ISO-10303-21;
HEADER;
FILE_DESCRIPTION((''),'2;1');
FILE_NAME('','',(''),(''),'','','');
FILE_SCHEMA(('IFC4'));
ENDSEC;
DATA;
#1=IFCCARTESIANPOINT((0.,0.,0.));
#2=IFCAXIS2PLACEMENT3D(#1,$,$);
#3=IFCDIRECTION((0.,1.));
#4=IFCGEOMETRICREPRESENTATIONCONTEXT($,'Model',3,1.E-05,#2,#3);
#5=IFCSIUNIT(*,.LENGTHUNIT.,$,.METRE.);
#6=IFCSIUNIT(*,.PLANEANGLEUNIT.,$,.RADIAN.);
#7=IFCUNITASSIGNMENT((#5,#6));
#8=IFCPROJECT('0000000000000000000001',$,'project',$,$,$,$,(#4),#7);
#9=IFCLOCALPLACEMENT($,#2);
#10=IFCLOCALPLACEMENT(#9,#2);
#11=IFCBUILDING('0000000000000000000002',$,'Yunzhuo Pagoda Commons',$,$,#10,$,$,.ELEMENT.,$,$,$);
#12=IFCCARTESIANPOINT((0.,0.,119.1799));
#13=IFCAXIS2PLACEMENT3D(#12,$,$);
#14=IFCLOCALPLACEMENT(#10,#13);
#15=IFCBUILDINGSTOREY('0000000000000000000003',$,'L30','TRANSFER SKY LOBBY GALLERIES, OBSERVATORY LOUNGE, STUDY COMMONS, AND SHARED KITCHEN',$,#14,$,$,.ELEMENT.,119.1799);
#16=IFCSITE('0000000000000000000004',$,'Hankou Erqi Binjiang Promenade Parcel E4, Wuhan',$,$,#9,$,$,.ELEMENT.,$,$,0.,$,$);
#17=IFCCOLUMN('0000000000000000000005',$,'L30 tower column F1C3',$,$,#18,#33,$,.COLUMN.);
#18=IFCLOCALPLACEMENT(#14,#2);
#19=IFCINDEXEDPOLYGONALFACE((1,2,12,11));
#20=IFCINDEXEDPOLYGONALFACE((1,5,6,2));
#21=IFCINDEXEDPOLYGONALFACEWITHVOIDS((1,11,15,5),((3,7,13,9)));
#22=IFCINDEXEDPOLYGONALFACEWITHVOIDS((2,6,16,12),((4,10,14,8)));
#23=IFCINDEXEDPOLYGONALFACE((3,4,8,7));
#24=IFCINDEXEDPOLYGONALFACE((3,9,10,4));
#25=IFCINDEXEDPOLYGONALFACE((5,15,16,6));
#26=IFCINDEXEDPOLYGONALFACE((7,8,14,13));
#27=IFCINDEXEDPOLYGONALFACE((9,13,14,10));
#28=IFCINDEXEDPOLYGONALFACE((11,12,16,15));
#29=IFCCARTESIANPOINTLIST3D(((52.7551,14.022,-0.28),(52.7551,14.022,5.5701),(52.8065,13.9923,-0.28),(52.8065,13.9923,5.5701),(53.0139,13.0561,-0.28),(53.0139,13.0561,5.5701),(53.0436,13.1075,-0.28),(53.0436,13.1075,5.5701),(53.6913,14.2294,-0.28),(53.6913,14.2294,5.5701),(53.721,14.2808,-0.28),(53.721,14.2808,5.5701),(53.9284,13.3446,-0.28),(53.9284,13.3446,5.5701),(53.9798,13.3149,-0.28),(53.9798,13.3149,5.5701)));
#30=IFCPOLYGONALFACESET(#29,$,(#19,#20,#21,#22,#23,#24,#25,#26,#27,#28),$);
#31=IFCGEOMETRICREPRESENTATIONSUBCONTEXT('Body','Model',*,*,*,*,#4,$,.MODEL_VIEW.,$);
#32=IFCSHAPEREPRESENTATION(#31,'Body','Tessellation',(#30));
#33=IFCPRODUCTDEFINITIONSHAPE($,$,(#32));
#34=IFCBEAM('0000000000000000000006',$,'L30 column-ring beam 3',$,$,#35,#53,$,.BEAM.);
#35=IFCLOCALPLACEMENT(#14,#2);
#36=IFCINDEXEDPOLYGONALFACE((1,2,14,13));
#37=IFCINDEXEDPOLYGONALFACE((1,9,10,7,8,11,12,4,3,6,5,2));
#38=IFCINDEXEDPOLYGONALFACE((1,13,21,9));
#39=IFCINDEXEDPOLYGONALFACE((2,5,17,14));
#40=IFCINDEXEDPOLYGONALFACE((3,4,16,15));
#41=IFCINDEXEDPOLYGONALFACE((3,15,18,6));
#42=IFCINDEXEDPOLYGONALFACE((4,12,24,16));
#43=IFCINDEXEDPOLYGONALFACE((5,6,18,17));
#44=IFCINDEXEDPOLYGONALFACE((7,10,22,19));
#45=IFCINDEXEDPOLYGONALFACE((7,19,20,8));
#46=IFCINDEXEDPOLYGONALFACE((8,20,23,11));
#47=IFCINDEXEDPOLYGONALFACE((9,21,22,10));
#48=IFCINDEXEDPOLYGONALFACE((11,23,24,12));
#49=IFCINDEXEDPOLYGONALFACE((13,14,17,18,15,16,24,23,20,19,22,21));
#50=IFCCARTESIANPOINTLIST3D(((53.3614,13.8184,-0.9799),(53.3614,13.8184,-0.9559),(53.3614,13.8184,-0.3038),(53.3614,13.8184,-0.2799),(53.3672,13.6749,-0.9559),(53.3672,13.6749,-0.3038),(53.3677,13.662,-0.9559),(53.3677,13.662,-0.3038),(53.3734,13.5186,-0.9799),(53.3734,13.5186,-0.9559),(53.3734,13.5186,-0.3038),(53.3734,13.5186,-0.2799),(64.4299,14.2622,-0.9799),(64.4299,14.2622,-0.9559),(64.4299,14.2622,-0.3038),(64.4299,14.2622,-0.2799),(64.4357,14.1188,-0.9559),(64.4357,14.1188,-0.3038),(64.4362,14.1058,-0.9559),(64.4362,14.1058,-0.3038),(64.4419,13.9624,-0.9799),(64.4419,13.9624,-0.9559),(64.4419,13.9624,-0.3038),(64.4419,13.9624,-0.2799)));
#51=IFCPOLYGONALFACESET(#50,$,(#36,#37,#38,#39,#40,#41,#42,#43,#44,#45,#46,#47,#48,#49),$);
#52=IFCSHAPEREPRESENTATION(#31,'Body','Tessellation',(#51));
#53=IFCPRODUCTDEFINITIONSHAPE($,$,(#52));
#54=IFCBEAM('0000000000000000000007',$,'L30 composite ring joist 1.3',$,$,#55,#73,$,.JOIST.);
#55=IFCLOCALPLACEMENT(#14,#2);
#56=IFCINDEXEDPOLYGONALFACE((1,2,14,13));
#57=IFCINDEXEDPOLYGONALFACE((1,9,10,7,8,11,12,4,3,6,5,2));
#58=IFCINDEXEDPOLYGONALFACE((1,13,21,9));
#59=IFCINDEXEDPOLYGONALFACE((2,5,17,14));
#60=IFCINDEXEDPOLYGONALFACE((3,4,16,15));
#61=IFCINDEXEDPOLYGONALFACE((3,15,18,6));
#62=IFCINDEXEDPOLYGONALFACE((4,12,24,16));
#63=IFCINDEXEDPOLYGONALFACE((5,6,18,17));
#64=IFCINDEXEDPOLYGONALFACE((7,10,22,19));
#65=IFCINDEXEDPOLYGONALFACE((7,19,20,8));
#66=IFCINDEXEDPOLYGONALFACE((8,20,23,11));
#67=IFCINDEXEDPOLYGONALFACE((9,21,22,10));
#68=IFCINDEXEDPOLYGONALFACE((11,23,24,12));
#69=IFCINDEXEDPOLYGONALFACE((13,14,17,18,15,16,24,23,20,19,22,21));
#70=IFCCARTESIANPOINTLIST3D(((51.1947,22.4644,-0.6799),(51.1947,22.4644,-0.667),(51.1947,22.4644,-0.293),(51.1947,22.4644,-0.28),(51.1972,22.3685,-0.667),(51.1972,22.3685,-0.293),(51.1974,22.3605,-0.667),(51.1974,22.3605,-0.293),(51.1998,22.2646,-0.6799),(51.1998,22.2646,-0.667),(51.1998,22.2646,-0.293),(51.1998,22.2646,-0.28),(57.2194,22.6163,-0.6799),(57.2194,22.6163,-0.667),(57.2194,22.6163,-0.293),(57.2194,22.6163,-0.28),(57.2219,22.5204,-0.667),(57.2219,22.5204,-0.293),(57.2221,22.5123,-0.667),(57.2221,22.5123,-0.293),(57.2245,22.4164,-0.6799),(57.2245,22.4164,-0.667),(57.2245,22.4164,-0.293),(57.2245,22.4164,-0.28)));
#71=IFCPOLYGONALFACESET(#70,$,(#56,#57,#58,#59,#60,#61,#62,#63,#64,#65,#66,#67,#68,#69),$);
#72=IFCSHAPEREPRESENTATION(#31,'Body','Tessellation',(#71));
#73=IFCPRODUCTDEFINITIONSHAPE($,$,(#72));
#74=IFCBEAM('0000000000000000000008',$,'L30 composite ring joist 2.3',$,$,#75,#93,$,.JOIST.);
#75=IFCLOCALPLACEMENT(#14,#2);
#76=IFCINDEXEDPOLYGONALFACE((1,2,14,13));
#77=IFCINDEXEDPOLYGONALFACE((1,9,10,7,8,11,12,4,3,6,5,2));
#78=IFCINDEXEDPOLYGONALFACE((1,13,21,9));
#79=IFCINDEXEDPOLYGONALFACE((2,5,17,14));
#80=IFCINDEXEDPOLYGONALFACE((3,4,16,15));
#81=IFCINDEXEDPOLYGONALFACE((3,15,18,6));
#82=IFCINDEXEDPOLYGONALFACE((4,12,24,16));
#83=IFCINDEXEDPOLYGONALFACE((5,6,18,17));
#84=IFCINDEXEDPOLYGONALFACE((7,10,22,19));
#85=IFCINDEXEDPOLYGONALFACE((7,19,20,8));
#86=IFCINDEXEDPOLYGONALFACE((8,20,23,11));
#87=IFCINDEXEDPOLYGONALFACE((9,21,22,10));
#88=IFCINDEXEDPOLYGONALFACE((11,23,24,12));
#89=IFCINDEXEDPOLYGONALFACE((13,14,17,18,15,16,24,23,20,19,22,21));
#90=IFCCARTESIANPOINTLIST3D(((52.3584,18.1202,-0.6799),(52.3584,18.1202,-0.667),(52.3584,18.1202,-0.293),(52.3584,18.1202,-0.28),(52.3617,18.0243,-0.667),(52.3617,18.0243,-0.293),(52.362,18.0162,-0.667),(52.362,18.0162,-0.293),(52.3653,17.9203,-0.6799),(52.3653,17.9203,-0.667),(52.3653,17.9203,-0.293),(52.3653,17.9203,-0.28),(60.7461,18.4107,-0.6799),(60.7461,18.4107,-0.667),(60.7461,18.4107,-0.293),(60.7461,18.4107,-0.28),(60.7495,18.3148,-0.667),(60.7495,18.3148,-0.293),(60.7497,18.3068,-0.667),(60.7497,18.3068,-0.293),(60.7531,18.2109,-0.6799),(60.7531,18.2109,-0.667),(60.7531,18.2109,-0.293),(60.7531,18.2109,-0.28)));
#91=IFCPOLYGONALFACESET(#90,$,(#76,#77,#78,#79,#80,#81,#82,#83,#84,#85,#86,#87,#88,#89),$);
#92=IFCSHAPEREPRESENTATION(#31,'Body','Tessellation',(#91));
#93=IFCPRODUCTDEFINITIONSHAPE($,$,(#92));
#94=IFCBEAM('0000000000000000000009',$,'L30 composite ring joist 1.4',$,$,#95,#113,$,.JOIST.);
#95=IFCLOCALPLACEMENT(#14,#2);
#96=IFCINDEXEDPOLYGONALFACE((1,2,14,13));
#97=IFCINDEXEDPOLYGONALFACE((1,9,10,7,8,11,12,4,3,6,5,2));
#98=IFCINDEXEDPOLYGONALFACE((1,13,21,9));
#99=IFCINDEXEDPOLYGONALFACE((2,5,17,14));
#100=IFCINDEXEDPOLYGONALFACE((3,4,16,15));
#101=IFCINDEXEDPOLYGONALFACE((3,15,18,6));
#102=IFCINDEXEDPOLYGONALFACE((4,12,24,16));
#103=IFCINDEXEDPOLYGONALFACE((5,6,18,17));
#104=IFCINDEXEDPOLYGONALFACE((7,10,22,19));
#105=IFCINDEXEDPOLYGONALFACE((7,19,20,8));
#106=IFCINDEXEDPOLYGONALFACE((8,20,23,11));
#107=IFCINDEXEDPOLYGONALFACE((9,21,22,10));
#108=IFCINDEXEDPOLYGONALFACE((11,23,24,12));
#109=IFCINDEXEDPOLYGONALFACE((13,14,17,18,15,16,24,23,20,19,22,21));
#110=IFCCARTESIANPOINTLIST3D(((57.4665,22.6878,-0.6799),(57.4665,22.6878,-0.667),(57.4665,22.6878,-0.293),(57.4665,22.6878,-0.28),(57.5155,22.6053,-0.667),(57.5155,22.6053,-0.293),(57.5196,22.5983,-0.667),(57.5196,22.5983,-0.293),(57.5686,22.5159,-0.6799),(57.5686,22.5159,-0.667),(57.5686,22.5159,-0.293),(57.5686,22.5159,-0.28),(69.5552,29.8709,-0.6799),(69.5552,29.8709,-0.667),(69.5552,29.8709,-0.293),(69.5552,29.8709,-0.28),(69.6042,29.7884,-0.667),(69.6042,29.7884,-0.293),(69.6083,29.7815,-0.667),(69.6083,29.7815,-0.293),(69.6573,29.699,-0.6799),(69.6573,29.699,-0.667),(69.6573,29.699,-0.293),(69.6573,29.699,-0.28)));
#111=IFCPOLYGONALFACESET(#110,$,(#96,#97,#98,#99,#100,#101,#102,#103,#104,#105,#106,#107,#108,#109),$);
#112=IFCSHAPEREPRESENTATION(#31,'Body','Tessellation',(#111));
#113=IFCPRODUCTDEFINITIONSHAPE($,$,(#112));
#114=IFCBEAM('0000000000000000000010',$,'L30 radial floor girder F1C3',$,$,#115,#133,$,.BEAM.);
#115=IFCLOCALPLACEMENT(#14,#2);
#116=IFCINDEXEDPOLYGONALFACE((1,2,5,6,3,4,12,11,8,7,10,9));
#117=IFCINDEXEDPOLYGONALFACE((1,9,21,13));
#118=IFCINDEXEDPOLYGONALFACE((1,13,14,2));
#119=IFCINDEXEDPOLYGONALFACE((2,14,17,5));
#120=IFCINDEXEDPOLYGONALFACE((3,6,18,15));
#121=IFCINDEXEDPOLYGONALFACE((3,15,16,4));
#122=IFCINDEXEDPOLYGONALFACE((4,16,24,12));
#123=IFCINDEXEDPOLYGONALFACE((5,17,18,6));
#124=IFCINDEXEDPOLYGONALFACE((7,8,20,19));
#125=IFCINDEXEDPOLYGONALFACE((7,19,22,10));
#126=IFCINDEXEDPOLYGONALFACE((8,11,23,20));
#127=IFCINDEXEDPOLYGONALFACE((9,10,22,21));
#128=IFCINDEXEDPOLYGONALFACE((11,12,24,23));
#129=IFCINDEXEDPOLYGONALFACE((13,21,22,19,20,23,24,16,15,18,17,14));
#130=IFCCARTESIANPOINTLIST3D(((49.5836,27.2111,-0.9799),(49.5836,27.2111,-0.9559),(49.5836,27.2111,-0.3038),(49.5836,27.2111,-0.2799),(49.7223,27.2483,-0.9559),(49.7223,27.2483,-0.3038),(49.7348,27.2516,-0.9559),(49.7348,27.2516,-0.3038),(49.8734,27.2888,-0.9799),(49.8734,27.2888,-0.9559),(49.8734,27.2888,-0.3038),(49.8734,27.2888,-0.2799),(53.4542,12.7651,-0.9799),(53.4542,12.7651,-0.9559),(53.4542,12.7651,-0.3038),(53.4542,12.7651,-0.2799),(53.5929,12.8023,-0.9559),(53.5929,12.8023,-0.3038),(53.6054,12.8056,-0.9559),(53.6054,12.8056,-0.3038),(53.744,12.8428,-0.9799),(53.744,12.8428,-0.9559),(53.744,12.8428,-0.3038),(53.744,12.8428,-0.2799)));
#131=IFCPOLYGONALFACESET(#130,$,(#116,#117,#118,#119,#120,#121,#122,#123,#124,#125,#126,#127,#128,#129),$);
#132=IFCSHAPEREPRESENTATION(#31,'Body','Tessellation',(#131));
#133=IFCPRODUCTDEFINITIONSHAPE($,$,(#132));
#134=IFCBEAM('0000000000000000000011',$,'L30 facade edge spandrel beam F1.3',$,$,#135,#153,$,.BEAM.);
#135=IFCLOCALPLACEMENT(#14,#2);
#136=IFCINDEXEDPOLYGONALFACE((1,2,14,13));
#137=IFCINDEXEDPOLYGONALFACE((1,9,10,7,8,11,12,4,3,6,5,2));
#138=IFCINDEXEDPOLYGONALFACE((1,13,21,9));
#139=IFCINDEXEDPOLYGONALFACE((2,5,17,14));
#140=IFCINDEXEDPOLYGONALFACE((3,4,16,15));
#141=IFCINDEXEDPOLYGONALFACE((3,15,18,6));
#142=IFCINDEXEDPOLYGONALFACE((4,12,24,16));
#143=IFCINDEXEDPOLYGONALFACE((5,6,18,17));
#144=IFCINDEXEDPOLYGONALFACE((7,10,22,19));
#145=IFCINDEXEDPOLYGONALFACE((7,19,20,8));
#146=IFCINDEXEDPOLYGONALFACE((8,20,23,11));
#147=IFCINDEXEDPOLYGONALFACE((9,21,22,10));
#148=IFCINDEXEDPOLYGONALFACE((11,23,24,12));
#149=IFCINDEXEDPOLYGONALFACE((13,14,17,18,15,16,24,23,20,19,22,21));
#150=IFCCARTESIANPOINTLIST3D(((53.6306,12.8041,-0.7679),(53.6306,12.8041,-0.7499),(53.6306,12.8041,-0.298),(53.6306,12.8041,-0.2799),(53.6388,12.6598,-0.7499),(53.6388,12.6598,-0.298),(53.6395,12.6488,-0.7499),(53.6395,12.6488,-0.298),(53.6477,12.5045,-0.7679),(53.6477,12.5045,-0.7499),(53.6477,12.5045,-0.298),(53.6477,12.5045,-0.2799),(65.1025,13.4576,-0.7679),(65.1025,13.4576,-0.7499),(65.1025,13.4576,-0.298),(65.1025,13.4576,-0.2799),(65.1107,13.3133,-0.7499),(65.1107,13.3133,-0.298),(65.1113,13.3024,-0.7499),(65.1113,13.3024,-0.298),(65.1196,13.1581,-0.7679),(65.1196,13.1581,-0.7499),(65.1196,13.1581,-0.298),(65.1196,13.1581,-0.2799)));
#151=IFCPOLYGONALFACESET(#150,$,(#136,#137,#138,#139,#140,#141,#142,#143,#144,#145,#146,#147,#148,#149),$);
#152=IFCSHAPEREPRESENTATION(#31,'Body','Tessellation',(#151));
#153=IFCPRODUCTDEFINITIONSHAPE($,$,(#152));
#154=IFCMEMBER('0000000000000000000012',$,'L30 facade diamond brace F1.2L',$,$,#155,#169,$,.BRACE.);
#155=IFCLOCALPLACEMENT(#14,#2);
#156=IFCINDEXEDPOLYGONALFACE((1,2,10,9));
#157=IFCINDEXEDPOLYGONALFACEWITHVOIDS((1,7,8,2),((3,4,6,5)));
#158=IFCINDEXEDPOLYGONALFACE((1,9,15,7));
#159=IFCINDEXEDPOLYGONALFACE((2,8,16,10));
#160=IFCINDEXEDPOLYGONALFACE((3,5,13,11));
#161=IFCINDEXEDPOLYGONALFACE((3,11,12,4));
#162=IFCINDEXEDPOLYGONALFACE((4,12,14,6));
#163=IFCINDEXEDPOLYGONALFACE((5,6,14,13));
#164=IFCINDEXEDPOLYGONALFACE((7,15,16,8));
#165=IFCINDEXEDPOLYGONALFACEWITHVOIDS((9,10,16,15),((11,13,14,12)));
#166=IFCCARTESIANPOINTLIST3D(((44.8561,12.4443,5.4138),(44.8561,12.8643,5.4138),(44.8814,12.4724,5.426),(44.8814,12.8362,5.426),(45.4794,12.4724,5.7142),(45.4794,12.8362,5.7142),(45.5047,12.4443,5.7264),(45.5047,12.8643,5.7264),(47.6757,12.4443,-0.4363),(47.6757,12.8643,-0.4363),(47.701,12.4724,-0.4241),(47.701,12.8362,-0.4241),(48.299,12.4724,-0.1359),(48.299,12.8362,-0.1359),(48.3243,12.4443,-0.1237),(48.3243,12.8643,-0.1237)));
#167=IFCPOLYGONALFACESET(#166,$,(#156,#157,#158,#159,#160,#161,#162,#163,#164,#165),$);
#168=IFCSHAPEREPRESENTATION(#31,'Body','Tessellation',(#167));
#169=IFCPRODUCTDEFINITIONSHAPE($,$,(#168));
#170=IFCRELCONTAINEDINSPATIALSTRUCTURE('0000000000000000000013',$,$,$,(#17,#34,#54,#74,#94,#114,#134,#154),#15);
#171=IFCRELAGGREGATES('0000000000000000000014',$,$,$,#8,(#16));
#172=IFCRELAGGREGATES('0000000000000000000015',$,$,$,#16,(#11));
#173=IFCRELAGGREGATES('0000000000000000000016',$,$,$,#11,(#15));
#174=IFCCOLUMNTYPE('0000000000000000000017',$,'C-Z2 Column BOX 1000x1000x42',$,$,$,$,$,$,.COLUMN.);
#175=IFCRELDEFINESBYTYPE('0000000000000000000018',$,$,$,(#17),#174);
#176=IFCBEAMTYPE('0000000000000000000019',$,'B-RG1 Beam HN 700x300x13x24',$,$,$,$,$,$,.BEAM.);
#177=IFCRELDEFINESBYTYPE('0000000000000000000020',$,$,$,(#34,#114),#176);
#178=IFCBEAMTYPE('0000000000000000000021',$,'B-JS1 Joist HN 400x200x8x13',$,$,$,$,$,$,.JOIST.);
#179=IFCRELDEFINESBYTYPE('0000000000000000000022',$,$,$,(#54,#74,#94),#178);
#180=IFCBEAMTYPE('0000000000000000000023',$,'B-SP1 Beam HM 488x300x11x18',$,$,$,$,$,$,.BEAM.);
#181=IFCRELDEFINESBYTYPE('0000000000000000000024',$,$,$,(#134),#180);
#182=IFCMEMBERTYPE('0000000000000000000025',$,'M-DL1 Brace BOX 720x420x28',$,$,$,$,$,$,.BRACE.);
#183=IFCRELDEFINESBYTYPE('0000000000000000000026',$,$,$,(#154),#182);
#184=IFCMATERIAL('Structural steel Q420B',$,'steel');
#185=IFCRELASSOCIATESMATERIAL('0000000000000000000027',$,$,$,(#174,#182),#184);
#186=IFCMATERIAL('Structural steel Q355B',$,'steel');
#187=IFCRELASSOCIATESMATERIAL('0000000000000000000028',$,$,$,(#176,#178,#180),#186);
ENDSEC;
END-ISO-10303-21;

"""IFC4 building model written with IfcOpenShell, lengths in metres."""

from ifc_helpers import new_model, si_unit, direction, frame, origin, origin_2d, place, context, subcontext, project, spatial, hollow_rectangle, i_section, extrude, source, transform, mapped, material, material_profile, profile_set, type_object, element, save


model = new_model("IFC4")

# Units and contexts
model_context = context("Model", 3, precision=1e-05, world=origin(), true_north=direction((0.0, 1.0)))
body_context = subcontext(model_context, "Body", "Model", "MODEL_VIEW")
ifc_project = project(units=[si_unit("LENGTHUNIT", "METRE"), si_unit("PLANEANGLEUNIT", "RADIAN")], contexts=[model_context])

# Site, building, storey
site_placement = place(None, origin())
site = spatial("IfcSite", under=ifc_project, at=site_placement, Name="Hankou Erqi Binjiang Promenade Parcel E4, Wuhan", CompositionType="ELEMENT", RefElevation=0.0)
building_placement = place(site_placement, origin())
building = spatial("IfcBuilding", under=site, at=building_placement, Name="Yunzhuo Pagoda Commons", CompositionType="ELEMENT")
storey_placement = place(building_placement, frame((0.0, 0.0, 119.1799)))
storey = spatial("IfcBuildingStorey", under=building, at=storey_placement, Name="L30", Description="TRANSFER SKY LOBBY GALLERIES, OBSERVATORY LOUNGE, STUDY COMMONS, AND SHARED KITCHEN", CompositionType="ELEMENT", Elevation=119.1799)

# Column
ifc_material_1 = material(Name="Structural steel Q420B", Category="steel")
ifc_material_profile_1 = material_profile(ifc_material_1, hollow_rectangle(XDim=1.0, YDim=1.0, WallThickness=0.042, at=origin_2d()), Name="Structural steel Q420B")
ifc_profile_set_1 = profile_set([ifc_material_profile_1], Name="Structural steel Q420B")
column_type = type_object("IfcColumnType", Name="C-Z2 Column BOX 1000x1000x42", PredefinedType="COLUMN", material=ifc_profile_set_1)
shared_shape_1 = source(origin(), body_context, "Body", "SweptSolid", [
    extrude(hollow_rectangle(XDim=1.0, YDim=1.0, WallThickness=0.042, at=origin_2d()), origin(), (0.0, 0.0, 1.0), 5.8501),
])
column_placement = place(storey_placement, frame((53.3674, 13.6685, -0.28), z_axis=(0.0, 0.0, 1.0), x_axis=(0.965926, 0.258819, 0.0)))
element("IfcColumn", 1, at=column_placement, inside=storey, type_object=column_type, Name="L30 tower column F1C3", PredefinedType="COLUMN", context=body_context, shape_type="MappedRepresentation", body=[
    mapped(shared_shape_1, transform((0.0, 0.0, 0.0), scale=1.0)),
])

# Beams
ifc_material_2 = material(Name="Structural steel Q355B", Category="steel")
ifc_material_profile_2 = material_profile(ifc_material_2, i_section(OverallWidth=0.3, OverallDepth=0.7, WebThickness=0.0129, FlangeThickness=0.0239, at=origin_2d()), Name="Structural steel Q355B")
ifc_profile_set_2 = profile_set([ifc_material_profile_2], Name="Structural steel Q355B")
beam_type_1 = type_object("IfcBeamType", Name="B-RG1 Beam HN 700x300x13x24", PredefinedType="BEAM", material=ifc_profile_set_2)
shared_shape_2 = source(origin(), body_context, "Body", "SweptSolid", [
    extrude(i_section(OverallWidth=0.3, OverallDepth=0.7, WebThickness=0.0129, FlangeThickness=0.0239, at=origin_2d()), origin(), (0.0, 0.0, 1.0), 11.0774),
])
beam_1_placement = place(storey_placement, frame((53.3674, 13.6685, -0.6299), z_axis=(0.999197, 0.040067, 0.0), x_axis=(-0.040067, 0.999197, 0.0)))
element("IfcBeam", 2, at=beam_1_placement, inside=storey, type_object=beam_type_1, Name="L30 column-ring beam 3", PredefinedType="BEAM", context=body_context, shape_type="MappedRepresentation", body=[
    mapped(shared_shape_2, transform((0.0, 0.0, 0.0), scale=1.0)),
])
ifc_material_profile_3 = material_profile(ifc_material_2, i_section(OverallWidth=0.2, OverallDepth=0.3999, WebThickness=0.0081, FlangeThickness=0.0129, at=origin_2d()), Name="Structural steel Q355B")
ifc_profile_set_3 = profile_set([ifc_material_profile_3], Name="Structural steel Q355B")
beam_type_2 = type_object("IfcBeamType", Name="B-JS1 Joist HN 400x200x8x13", PredefinedType="JOIST", material=ifc_profile_set_3)
shared_shape_3 = source(origin(), body_context, "Body", "SweptSolid", [
    extrude(i_section(OverallWidth=0.2, OverallDepth=0.3999, WebThickness=0.0081, FlangeThickness=0.0129, at=origin_2d()), origin(), (0.0, 0.0, 1.0), 6.0266),
])
beam_2_placement = place(storey_placement, frame((51.1973, 22.3645, -0.48), z_axis=(0.999682, 0.025198, 0.0), x_axis=(-0.025198, 0.999682, 0.0)))
element("IfcBeam", 3, at=beam_2_placement, inside=storey, type_object=beam_type_2, Name="L30 composite ring joist 1.3", PredefinedType="JOIST", context=body_context, shape_type="MappedRepresentation", body=[
    mapped(shared_shape_3, transform((0.0, 0.0, 0.0), scale=1.0)),
])
shared_shape_4 = source(origin(), body_context, "Body", "SweptSolid", [
    extrude(i_section(OverallWidth=0.2, OverallDepth=0.3999, WebThickness=0.0081, FlangeThickness=0.0129, at=origin_2d()), origin(), (0.0, 0.0, 1.0), 8.3928),
])
beam_3_placement = place(storey_placement, frame((52.3618, 18.0203, -0.48), z_axis=(0.999401, 0.034617, 0.0), x_axis=(-0.034617, 0.999401, 0.0)))
element("IfcBeam", 4, at=beam_3_placement, inside=storey, type_object=beam_type_2, Name="L30 composite ring joist 2.3", PredefinedType="JOIST", context=body_context, shape_type="MappedRepresentation", body=[
    mapped(shared_shape_4, transform((0.0, 0.0, 0.0), scale=1.0)),
])
shared_shape_5 = source(origin(), body_context, "Body", "SweptSolid", [
    extrude(i_section(OverallWidth=0.2, OverallDepth=0.3999, WebThickness=0.0081, FlangeThickness=0.0129, at=origin_2d()), origin(), (0.0, 0.0, 1.0), 14.0618),
])
beam_4_placement = place(storey_placement, frame((57.5176, 22.6018, -0.48), z_axis=(0.859683, 0.510827, 0.0), x_axis=(-0.510827, 0.859683, 0.0)))
element("IfcBeam", 5, at=beam_4_placement, inside=storey, type_object=beam_type_2, Name="L30 composite ring joist 1.4", PredefinedType="JOIST", context=body_context, shape_type="MappedRepresentation", body=[
    mapped(shared_shape_5, transform((0.0, 0.0, 0.0), scale=1.0)),
])
shared_shape_6 = source(origin(), body_context, "Body", "SweptSolid", [
    extrude(i_section(OverallWidth=0.3, OverallDepth=0.7, WebThickness=0.0129, FlangeThickness=0.0239, at=origin_2d()), origin(), (0.0, 0.0, 1.0), 14.9556),
])
beam_5_placement = place(storey_placement, frame((53.5991, 12.804, -0.6299), z_axis=(-0.258807, 0.965929, 0.0), x_axis=(-0.965929, -0.258807, 0.0)))
element("IfcBeam", 6, at=beam_5_placement, inside=storey, type_object=beam_type_1, Name="L30 radial floor girder F1C3", PredefinedType="BEAM", context=body_context, shape_type="MappedRepresentation", body=[
    mapped(shared_shape_6, transform((0.0, 0.0, 0.0), scale=1.0)),
])
ifc_material_profile_4 = material_profile(ifc_material_2, i_section(OverallWidth=0.3, OverallDepth=0.488, WebThickness=0.011, FlangeThickness=0.0181, at=origin_2d()), Name="Structural steel Q355B")
ifc_profile_set_4 = profile_set([ifc_material_profile_4], Name="Structural steel Q355B")
beam_type_3 = type_object("IfcBeamType", Name="B-SP1 Beam HM 488x300x11x18", PredefinedType="BEAM", material=ifc_profile_set_4)
shared_shape_7 = source(origin(), body_context, "Body", "SweptSolid", [
    extrude(i_section(OverallWidth=0.3, OverallDepth=0.488, WebThickness=0.011, FlangeThickness=0.0181, at=origin_2d()), origin(), (0.0, 0.0, 1.0), 11.4905),
])
beam_6_placement = place(storey_placement, frame((53.6392, 12.6543, -0.5239), z_axis=(0.998381, 0.056879, 0.0), x_axis=(-0.056879, 0.998381, 0.0)))
element("IfcBeam", 7, at=beam_6_placement, inside=storey, type_object=beam_type_3, Name="L30 facade edge spandrel beam F1.3", PredefinedType="BEAM", context=body_context, shape_type="MappedRepresentation", body=[
    mapped(shared_shape_7, transform((0.0, 0.0, 0.0), scale=1.0)),
])

# Member
ifc_material_profile_5 = material_profile(ifc_material_1, hollow_rectangle(XDim=0.4199, YDim=0.72, WallThickness=0.0281, at=origin_2d()), Name="Structural steel Q420B")
ifc_profile_set_5 = profile_set([ifc_material_profile_5], Name="Structural steel Q420B")
member_type_1 = type_object("IfcMemberType", Name="M-DL1 Brace BOX 720x420x28", PredefinedType="BRACE", material=ifc_profile_set_5)
shared_shape_8 = source(origin(), body_context, "Body", "SweptSolid", [
    extrude(hollow_rectangle(XDim=0.4199, YDim=0.72, WallThickness=0.0281, at=origin_2d()), origin(), (0.0, 0.0, 1.0), 6.4941),
])
for number, where, z_axis, x_axis, name in (
    (8, (48.0, 12.6543, -0.28), (-0.434174, 0.0, 0.900829), (0.0, -1.0, 0.0), "L30 facade diamond brace F1.2L"),
):
    element("IfcMember", number, at=place(storey_placement, frame(where, z_axis=z_axis, x_axis=x_axis)), inside=storey, type_object=member_type_1, Name=name, PredefinedType="BRACE", context=body_context, shape_type="MappedRepresentation", body=[
        mapped(shared_shape_8, transform((0.0, 0.0, 0.0), scale=1.0)),
    ])

save(model, "model.ifc")
